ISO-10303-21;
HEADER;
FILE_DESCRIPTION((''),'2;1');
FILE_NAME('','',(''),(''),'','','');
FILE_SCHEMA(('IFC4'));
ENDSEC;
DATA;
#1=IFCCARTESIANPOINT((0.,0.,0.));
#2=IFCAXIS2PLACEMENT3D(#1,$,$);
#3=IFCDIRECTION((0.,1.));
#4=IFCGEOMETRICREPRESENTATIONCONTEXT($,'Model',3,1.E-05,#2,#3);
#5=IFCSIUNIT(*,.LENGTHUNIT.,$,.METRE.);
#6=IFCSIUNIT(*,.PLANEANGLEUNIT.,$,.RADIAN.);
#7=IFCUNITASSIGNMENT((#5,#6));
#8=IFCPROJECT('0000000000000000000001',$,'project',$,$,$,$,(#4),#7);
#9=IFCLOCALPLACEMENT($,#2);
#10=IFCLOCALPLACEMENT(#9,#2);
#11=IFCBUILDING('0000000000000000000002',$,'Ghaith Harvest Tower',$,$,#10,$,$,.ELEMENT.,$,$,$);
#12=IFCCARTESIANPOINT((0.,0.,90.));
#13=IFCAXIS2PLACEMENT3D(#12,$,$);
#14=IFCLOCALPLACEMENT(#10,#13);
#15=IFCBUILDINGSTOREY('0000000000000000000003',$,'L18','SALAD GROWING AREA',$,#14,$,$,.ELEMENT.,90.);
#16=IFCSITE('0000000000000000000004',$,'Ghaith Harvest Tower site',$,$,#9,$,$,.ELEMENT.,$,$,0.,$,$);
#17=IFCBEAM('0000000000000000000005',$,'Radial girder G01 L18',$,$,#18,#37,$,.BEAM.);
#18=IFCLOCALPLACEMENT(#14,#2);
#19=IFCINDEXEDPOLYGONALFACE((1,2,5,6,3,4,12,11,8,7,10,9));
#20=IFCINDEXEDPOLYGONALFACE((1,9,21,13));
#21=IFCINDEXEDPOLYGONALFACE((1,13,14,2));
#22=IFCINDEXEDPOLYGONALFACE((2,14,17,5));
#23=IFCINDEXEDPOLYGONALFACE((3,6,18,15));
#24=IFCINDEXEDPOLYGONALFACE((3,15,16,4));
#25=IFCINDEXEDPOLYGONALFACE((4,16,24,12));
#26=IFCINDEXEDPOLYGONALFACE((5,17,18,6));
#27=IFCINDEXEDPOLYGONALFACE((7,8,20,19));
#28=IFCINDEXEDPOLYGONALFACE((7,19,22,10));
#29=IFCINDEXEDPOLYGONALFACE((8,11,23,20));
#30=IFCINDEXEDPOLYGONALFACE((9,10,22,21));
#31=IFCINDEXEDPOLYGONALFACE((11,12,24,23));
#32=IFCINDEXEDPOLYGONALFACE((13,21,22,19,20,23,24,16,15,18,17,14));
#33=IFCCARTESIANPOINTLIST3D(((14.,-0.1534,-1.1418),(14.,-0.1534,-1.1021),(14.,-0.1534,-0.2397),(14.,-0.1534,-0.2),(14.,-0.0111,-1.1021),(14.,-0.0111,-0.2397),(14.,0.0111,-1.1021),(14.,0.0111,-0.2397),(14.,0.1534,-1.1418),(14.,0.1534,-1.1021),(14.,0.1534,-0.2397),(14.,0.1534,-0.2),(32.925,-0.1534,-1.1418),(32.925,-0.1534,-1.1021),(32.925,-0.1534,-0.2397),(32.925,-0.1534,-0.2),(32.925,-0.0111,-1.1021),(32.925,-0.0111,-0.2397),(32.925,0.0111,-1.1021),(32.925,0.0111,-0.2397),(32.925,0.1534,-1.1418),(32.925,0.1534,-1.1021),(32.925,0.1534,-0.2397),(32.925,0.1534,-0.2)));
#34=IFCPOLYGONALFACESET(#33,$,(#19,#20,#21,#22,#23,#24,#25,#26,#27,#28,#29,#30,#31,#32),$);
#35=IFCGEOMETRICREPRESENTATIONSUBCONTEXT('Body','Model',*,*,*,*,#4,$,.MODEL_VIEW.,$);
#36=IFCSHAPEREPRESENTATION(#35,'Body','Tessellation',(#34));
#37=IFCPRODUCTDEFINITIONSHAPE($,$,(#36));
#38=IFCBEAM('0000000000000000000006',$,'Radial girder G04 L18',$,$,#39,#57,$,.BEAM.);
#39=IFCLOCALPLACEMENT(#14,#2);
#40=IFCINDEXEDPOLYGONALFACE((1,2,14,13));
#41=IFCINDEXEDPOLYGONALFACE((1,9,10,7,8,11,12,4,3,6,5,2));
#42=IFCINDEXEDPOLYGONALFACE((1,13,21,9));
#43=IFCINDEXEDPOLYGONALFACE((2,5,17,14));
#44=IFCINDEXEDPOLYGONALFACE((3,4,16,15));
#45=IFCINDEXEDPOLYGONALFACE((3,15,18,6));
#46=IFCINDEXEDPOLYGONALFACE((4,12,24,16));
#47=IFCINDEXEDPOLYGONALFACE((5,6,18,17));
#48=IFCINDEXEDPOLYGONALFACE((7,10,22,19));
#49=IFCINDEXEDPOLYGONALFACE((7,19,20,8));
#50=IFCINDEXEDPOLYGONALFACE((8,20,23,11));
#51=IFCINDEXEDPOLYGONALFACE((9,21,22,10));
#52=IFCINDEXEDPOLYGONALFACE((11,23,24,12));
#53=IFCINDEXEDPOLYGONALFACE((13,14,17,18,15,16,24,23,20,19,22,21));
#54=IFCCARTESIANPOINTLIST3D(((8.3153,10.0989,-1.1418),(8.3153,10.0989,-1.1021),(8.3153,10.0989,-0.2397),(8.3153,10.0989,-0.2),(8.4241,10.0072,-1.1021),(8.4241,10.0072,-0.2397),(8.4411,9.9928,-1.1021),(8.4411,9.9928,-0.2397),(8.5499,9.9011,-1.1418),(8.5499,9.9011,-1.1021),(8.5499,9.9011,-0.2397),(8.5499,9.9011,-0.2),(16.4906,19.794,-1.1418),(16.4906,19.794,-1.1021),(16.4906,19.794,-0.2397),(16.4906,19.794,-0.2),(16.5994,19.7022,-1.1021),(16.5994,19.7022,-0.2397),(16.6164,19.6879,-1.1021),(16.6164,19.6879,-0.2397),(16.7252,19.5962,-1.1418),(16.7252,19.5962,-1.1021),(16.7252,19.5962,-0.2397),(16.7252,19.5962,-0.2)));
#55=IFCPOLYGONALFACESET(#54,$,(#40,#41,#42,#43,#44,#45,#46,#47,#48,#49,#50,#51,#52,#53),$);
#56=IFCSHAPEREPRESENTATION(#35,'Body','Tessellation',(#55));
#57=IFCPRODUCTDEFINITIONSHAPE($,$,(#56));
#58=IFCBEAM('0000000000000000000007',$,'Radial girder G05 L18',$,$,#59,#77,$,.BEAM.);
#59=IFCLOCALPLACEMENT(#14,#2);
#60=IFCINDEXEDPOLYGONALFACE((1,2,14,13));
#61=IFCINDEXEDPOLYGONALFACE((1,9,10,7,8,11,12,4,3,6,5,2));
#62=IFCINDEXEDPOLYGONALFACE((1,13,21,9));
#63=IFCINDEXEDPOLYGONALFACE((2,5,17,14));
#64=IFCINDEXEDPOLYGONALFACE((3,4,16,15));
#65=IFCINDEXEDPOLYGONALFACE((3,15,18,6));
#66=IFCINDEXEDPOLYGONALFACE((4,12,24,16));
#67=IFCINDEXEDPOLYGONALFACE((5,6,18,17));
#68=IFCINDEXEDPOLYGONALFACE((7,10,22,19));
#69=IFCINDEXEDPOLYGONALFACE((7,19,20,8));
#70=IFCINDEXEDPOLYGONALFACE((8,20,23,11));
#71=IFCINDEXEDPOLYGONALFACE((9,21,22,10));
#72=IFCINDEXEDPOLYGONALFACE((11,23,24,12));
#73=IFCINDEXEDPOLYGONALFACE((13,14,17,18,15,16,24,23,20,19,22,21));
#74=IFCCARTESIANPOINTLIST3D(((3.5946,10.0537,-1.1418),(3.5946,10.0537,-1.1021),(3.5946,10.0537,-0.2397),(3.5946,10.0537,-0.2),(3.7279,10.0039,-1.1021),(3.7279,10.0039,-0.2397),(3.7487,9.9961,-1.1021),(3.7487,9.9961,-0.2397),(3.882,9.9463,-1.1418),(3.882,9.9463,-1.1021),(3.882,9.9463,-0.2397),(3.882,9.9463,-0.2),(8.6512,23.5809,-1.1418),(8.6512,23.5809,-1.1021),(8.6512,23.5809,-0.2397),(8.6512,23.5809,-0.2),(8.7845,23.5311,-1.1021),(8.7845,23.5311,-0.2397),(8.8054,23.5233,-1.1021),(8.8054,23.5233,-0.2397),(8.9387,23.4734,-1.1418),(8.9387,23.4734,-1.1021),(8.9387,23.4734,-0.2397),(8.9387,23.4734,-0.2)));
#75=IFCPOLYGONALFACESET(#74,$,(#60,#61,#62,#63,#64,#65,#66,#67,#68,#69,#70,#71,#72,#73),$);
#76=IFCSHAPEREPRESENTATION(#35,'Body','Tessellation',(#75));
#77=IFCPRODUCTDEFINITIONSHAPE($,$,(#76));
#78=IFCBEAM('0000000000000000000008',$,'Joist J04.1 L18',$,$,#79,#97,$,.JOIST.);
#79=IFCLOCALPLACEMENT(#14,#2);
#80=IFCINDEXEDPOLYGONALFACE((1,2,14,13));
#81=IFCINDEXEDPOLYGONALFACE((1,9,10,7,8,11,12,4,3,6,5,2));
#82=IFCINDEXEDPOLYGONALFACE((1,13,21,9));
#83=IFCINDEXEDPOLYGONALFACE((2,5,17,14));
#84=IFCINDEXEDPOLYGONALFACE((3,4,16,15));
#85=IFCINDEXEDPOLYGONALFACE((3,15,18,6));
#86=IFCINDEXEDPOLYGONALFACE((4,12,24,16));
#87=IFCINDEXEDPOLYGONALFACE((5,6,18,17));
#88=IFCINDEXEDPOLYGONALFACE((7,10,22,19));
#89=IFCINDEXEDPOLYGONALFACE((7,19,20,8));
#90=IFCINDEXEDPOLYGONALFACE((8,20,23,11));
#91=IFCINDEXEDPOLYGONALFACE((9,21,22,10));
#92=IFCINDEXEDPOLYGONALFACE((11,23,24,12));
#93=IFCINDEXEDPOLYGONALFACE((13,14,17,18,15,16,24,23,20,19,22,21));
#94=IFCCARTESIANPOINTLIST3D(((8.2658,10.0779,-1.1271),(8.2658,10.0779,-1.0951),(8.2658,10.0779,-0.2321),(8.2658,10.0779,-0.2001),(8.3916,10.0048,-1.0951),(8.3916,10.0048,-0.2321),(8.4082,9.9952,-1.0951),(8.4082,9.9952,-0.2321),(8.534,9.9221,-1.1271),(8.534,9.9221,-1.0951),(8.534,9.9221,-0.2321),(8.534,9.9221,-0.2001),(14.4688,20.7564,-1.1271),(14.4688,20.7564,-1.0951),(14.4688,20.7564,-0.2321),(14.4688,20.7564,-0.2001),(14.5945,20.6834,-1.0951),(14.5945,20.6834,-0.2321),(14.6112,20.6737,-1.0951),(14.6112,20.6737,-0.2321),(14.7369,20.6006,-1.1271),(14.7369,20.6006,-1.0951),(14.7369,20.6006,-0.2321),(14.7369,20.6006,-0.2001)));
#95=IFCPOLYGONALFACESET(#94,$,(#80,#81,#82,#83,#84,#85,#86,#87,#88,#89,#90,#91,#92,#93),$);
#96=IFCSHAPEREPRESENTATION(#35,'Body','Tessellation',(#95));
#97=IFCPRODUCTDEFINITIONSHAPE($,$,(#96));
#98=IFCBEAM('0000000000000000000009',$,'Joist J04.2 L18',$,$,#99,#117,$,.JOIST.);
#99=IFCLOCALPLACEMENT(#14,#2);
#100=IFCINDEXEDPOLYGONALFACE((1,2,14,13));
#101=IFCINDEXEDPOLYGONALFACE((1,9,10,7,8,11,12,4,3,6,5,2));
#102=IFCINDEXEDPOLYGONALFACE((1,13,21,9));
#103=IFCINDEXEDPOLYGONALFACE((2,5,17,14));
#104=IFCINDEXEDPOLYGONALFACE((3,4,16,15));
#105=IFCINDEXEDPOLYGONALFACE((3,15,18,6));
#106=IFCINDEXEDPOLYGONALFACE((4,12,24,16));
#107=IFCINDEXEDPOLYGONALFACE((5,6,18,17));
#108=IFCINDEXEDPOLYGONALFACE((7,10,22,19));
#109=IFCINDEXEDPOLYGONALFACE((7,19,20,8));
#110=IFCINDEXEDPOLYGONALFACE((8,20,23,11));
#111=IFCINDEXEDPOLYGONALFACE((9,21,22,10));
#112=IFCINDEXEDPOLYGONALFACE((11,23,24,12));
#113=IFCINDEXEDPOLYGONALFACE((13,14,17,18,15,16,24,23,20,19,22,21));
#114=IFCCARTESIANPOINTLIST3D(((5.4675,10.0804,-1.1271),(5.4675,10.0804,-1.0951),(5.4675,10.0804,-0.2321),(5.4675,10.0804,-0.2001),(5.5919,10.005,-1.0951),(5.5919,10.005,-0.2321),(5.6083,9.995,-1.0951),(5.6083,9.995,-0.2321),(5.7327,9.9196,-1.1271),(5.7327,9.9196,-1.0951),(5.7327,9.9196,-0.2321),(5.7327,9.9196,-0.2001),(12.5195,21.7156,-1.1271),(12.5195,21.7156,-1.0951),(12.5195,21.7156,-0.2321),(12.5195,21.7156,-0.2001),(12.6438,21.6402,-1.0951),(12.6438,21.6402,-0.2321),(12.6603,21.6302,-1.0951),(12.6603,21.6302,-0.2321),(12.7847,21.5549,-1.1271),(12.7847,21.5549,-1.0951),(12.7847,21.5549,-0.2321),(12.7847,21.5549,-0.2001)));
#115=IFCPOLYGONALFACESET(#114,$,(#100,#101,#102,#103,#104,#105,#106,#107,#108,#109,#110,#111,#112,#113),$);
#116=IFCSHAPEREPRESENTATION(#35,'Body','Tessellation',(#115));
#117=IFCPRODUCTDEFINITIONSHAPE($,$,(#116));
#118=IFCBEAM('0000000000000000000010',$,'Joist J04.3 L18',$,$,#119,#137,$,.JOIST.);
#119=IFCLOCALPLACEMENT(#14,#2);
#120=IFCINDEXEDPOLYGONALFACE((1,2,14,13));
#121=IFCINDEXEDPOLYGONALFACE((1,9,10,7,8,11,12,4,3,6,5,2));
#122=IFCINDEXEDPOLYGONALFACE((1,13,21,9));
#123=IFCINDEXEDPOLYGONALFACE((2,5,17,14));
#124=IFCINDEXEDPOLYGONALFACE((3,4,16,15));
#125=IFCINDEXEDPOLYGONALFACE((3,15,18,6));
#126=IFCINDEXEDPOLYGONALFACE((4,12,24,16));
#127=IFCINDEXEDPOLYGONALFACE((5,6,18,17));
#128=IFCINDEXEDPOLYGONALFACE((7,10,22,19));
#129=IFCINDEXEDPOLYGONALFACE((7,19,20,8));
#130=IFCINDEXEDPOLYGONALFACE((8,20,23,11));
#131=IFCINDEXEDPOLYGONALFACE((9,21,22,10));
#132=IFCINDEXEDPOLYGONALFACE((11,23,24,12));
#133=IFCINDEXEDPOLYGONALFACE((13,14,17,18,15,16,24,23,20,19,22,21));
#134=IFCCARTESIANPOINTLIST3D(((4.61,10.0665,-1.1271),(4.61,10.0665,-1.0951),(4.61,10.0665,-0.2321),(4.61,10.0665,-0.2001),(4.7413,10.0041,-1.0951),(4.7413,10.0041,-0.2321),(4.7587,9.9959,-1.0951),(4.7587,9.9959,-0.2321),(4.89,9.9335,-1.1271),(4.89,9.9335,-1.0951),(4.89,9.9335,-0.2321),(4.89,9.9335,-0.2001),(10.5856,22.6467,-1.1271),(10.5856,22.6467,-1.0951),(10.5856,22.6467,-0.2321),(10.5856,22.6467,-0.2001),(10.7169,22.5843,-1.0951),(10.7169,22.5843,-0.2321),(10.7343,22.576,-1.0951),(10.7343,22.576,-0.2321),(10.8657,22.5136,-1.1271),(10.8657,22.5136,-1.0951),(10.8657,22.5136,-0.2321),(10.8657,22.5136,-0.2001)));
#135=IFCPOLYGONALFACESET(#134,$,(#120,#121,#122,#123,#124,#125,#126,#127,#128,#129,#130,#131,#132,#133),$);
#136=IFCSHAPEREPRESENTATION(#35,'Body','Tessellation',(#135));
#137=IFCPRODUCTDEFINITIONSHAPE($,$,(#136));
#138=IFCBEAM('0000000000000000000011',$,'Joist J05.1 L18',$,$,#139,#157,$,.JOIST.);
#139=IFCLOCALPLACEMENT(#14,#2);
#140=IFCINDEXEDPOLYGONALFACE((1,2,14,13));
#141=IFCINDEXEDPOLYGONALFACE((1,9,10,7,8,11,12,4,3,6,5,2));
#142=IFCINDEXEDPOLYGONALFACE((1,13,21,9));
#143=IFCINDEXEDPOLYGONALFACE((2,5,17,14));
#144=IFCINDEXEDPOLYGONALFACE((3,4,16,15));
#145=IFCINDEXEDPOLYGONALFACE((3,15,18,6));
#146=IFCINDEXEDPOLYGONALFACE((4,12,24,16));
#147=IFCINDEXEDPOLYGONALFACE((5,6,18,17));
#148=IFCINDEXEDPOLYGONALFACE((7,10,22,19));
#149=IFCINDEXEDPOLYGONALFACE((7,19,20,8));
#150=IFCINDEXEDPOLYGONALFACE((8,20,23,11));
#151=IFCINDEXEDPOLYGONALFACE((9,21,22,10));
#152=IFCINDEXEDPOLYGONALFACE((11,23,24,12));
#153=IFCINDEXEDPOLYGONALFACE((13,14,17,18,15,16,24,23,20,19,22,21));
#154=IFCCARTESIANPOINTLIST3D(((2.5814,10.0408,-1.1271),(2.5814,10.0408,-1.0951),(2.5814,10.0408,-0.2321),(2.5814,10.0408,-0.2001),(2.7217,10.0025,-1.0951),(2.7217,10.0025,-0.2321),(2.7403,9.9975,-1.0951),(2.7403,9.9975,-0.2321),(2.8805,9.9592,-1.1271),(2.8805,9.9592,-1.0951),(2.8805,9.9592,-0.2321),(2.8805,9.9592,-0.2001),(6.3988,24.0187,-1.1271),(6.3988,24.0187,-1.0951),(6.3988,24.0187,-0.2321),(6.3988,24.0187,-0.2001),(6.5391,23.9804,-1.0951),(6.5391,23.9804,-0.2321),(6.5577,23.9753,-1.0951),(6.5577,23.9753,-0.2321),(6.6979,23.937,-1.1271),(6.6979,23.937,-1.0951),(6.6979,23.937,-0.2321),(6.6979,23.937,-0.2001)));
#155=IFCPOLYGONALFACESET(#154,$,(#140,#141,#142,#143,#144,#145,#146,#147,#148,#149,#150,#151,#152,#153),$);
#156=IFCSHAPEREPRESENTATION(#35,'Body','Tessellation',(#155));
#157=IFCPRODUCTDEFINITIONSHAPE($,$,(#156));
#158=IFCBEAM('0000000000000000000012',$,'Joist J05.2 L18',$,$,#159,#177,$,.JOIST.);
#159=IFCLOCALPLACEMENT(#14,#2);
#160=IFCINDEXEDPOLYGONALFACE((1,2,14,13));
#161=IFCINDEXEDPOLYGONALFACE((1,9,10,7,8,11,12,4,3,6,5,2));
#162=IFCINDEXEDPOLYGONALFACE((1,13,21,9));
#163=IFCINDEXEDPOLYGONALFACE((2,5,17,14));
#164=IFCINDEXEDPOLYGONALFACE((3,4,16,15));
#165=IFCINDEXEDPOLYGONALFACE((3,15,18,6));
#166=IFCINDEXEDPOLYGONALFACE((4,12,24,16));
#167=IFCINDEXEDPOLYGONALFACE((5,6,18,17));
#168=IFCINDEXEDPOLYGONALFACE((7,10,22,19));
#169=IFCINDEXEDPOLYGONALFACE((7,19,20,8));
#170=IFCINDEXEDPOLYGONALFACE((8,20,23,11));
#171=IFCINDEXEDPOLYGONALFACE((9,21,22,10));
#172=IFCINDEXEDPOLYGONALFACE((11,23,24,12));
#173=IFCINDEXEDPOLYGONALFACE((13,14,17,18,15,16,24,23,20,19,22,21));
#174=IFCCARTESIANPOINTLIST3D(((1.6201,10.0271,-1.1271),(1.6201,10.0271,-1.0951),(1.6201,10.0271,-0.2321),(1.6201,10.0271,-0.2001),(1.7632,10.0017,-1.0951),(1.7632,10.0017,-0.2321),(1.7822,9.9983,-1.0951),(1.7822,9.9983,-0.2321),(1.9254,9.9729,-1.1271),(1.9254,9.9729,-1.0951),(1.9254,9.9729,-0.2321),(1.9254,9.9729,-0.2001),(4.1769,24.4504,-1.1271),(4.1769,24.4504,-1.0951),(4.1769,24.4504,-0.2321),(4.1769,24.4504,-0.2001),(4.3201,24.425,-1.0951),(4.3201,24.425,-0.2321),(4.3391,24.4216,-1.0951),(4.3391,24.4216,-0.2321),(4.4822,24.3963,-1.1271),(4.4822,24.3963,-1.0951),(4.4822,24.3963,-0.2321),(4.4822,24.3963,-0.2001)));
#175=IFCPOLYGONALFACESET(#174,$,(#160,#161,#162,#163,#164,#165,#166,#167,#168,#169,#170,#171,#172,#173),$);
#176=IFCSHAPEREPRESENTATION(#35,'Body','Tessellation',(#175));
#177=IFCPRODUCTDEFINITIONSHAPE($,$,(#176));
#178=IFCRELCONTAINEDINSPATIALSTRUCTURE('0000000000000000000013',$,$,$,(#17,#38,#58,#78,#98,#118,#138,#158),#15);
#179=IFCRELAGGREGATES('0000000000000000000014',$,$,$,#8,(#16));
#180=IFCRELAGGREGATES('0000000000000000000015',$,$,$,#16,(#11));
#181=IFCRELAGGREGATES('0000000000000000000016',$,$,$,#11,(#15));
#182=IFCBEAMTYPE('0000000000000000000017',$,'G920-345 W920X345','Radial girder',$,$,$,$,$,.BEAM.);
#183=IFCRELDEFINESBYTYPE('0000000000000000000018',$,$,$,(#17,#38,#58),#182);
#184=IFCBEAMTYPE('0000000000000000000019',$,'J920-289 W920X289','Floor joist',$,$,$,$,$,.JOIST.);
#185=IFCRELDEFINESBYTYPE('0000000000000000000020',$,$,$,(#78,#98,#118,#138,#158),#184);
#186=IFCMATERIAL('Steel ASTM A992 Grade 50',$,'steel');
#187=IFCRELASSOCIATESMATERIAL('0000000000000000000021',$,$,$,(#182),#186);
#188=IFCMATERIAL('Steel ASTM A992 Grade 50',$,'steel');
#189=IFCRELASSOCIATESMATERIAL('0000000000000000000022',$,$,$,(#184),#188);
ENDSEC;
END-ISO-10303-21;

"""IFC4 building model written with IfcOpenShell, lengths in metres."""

from ifc_helpers import new_model, si_unit, direction, frame, origin, origin_2d, place, context, subcontext, project, spatial, i_section, extrude, material, material_profile, profile_set, type_object, element, save


model = new_model("IFC4")

# Units and contexts
model_context = context("Model", 3, precision=1e-05, world=origin(), true_north=direction((0.0, 1.0)))
body_context = subcontext(model_context, "Body", "Model", "MODEL_VIEW")
ifc_project = project(units=[si_unit("LENGTHUNIT", "METRE"), si_unit("PLANEANGLEUNIT", "RADIAN")], contexts=[model_context])

# Site, building, storey
site_placement = place(None, origin())
site = spatial("IfcSite", under=ifc_project, at=site_placement, Name="Ghaith Harvest Tower site", CompositionType="ELEMENT", RefElevation=0.0)
building_placement = place(site_placement, origin())
building = spatial("IfcBuilding", under=site, at=building_placement, Name="Ghaith Harvest Tower", CompositionType="ELEMENT")
storey_placement = place(building_placement, frame((0.0, 0.0, 90.0)))
storey = spatial("IfcBuildingStorey", under=building, at=storey_placement, Name="L18", Description="SALAD GROWING AREA", CompositionType="ELEMENT", Elevation=90.0)

# Beams
ifc_material_1 = material(Name="Steel ASTM A992 Grade 50", Category="steel")
ifc_material_profile_1 = material_profile(ifc_material_1, i_section(OverallWidth=0.3069, OverallDepth=0.9419, WebThickness=0.0222, FlangeThickness=0.0398, at=origin_2d()), Name="W920X345")
ifc_profile_set_1 = profile_set([ifc_material_profile_1], Name="Steel ASTM A992 Grade 50")
beam_type_1 = type_object("IfcBeamType", Name="G920-345 W920X345", Description="Radial girder", PredefinedType="BEAM", material=ifc_profile_set_1)
beam_1_placement = place(storey_placement, frame((14.0, 0.0, -0.6709), z_axis=(1.0, 0.0, 0.0), x_axis=(0.0, 1.0, 0.0)))
element("IfcBeam", 1, at=beam_1_placement, inside=storey, type_object=beam_type_1, Name="Radial girder G01 L18", PredefinedType="BEAM", context=body_context, shape_type="SweptSolid", body=[
    extrude(i_section(OverallWidth=0.3069, OverallDepth=0.9419, WebThickness=0.0222, FlangeThickness=0.0398, at=origin_2d()), origin(), (0.0, 0.0, 1.0), 18.925),
])
beam_2_placement = place(storey_placement, frame((8.4326, 10.0, -0.6709), z_axis=(0.644644, 0.764483, 0.0), x_axis=(-0.764483, 0.644644, 0.0)))
element("IfcBeam", 2, at=beam_2_placement, inside=storey, type_object=beam_type_1, Name="Radial girder G04 L18", PredefinedType="BEAM", context=body_context, shape_type="SweptSolid", body=[
    extrude(i_section(OverallWidth=0.3069, OverallDepth=0.9419, WebThickness=0.0222, FlangeThickness=0.0398, at=origin_2d()), origin(), (0.0, 0.0, 1.0), 12.6819),
])
beam_3_placement = place(storey_placement, frame((3.7383, 10.0, -0.6709), z_axis=(0.350151, 0.936693, 0.0), x_axis=(-0.936693, 0.350151, 0.0)))
element("IfcBeam", 3, at=beam_3_placement, inside=storey, type_object=beam_type_1, Name="Radial girder G05 L18", PredefinedType="BEAM", context=body_context, shape_type="SweptSolid", body=[
    extrude(i_section(OverallWidth=0.3069, OverallDepth=0.9419, WebThickness=0.0222, FlangeThickness=0.0398, at=origin_2d()), origin(), (0.0, 0.0, 1.0), 14.4414),
])
ifc_material_2 = material(Name="Steel ASTM A992 Grade 50", Category="steel")
ifc_material_profile_2 = material_profile(ifc_material_2, i_section(OverallWidth=0.3101, OverallDepth=0.927, WebThickness=0.0193, FlangeThickness=0.032, at=origin_2d()), Name="W920X289")
ifc_profile_set_2 = profile_set([ifc_material_profile_2], Name="Steel ASTM A992 Grade 50")
beam_type_2 = type_object("IfcBeamType", Name="J920-289 W920X289", Description="Floor joist", PredefinedType="JOIST", material=ifc_profile_set_2)
beam_4_placement = place(storey_placement, frame((8.3999, 10.0, -0.6636), z_axis=(0.502286, 0.864702, 0.0), x_axis=(-0.864702, 0.502286, 0.0)))
element("IfcBeam", 4, at=beam_4_placement, inside=storey, type_object=beam_type_2, Name="Joist J04.1 L18", PredefinedType="JOIST", context=body_context, shape_type="SweptSolid", body=[
    extrude(i_section(OverallWidth=0.3101, OverallDepth=0.927, WebThickness=0.0193, FlangeThickness=0.032, at=origin_2d()), origin(), (0.0, 0.0, 1.0), 12.3494),
])
beam_5_placement = place(storey_placement, frame((5.6001, 10.0, -0.6636), z_axis=(0.51832, 0.855187, 0.0), x_axis=(-0.855187, 0.51832, 0.0)))
element("IfcBeam", 5, at=beam_5_placement, inside=storey, type_object=beam_type_2, Name="Joist J04.2 L18", PredefinedType="JOIST", context=body_context, shape_type="SweptSolid", body=[
    extrude(i_section(OverallWidth=0.3101, OverallDepth=0.927, WebThickness=0.0193, FlangeThickness=0.032, at=origin_2d()), origin(), (0.0, 0.0, 1.0), 13.6055),
])
beam_6_placement = place(storey_placement, frame((4.75, 10.0, -0.6636), z_axis=(0.42906, 0.903276, 0.0), x_axis=(-0.903276, 0.42906, 0.0)))
element("IfcBeam", 6, at=beam_6_placement, inside=storey, type_object=beam_type_2, Name="Joist J04.3 L18", PredefinedType="JOIST", context=body_context, shape_type="SweptSolid", body=[
    extrude(i_section(OverallWidth=0.3101, OverallDepth=0.927, WebThickness=0.0193, FlangeThickness=0.032, at=origin_2d()), origin(), (0.0, 0.0, 1.0), 13.9272),
])
beam_7_placement = place(storey_placement, frame((2.731, 10.0, -0.6636), z_axis=(0.263455, 0.964672, 0.0), x_axis=(-0.964672, 0.263455, 0.0)))
element("IfcBeam", 7, at=beam_7_placement, inside=storey, type_object=beam_type_2, Name="Joist J05.1 L18", PredefinedType="JOIST", context=body_context, shape_type="SweptSolid", body=[
    extrude(i_section(OverallWidth=0.3101, OverallDepth=0.927, WebThickness=0.0193, FlangeThickness=0.032, at=origin_2d()), origin(), (0.0, 0.0, 1.0), 14.4897),
])
beam_8_placement = place(storey_placement, frame((1.7727, 10.0, -0.6636), z_axis=(0.174553, 0.984648, 0.0), x_axis=(-0.984648, 0.174553, 0.0)))
element("IfcBeam", 8, at=beam_8_placement, inside=storey, type_object=beam_type_2, Name="Joist J05.2 L18", PredefinedType="JOIST", context=body_context, shape_type="SweptSolid", body=[
    extrude(i_section(OverallWidth=0.3101, OverallDepth=0.927, WebThickness=0.0193, FlangeThickness=0.032, at=origin_2d()), origin(), (0.0, 0.0, 1.0), 14.6482),
])

save(model, "model.ifc")
